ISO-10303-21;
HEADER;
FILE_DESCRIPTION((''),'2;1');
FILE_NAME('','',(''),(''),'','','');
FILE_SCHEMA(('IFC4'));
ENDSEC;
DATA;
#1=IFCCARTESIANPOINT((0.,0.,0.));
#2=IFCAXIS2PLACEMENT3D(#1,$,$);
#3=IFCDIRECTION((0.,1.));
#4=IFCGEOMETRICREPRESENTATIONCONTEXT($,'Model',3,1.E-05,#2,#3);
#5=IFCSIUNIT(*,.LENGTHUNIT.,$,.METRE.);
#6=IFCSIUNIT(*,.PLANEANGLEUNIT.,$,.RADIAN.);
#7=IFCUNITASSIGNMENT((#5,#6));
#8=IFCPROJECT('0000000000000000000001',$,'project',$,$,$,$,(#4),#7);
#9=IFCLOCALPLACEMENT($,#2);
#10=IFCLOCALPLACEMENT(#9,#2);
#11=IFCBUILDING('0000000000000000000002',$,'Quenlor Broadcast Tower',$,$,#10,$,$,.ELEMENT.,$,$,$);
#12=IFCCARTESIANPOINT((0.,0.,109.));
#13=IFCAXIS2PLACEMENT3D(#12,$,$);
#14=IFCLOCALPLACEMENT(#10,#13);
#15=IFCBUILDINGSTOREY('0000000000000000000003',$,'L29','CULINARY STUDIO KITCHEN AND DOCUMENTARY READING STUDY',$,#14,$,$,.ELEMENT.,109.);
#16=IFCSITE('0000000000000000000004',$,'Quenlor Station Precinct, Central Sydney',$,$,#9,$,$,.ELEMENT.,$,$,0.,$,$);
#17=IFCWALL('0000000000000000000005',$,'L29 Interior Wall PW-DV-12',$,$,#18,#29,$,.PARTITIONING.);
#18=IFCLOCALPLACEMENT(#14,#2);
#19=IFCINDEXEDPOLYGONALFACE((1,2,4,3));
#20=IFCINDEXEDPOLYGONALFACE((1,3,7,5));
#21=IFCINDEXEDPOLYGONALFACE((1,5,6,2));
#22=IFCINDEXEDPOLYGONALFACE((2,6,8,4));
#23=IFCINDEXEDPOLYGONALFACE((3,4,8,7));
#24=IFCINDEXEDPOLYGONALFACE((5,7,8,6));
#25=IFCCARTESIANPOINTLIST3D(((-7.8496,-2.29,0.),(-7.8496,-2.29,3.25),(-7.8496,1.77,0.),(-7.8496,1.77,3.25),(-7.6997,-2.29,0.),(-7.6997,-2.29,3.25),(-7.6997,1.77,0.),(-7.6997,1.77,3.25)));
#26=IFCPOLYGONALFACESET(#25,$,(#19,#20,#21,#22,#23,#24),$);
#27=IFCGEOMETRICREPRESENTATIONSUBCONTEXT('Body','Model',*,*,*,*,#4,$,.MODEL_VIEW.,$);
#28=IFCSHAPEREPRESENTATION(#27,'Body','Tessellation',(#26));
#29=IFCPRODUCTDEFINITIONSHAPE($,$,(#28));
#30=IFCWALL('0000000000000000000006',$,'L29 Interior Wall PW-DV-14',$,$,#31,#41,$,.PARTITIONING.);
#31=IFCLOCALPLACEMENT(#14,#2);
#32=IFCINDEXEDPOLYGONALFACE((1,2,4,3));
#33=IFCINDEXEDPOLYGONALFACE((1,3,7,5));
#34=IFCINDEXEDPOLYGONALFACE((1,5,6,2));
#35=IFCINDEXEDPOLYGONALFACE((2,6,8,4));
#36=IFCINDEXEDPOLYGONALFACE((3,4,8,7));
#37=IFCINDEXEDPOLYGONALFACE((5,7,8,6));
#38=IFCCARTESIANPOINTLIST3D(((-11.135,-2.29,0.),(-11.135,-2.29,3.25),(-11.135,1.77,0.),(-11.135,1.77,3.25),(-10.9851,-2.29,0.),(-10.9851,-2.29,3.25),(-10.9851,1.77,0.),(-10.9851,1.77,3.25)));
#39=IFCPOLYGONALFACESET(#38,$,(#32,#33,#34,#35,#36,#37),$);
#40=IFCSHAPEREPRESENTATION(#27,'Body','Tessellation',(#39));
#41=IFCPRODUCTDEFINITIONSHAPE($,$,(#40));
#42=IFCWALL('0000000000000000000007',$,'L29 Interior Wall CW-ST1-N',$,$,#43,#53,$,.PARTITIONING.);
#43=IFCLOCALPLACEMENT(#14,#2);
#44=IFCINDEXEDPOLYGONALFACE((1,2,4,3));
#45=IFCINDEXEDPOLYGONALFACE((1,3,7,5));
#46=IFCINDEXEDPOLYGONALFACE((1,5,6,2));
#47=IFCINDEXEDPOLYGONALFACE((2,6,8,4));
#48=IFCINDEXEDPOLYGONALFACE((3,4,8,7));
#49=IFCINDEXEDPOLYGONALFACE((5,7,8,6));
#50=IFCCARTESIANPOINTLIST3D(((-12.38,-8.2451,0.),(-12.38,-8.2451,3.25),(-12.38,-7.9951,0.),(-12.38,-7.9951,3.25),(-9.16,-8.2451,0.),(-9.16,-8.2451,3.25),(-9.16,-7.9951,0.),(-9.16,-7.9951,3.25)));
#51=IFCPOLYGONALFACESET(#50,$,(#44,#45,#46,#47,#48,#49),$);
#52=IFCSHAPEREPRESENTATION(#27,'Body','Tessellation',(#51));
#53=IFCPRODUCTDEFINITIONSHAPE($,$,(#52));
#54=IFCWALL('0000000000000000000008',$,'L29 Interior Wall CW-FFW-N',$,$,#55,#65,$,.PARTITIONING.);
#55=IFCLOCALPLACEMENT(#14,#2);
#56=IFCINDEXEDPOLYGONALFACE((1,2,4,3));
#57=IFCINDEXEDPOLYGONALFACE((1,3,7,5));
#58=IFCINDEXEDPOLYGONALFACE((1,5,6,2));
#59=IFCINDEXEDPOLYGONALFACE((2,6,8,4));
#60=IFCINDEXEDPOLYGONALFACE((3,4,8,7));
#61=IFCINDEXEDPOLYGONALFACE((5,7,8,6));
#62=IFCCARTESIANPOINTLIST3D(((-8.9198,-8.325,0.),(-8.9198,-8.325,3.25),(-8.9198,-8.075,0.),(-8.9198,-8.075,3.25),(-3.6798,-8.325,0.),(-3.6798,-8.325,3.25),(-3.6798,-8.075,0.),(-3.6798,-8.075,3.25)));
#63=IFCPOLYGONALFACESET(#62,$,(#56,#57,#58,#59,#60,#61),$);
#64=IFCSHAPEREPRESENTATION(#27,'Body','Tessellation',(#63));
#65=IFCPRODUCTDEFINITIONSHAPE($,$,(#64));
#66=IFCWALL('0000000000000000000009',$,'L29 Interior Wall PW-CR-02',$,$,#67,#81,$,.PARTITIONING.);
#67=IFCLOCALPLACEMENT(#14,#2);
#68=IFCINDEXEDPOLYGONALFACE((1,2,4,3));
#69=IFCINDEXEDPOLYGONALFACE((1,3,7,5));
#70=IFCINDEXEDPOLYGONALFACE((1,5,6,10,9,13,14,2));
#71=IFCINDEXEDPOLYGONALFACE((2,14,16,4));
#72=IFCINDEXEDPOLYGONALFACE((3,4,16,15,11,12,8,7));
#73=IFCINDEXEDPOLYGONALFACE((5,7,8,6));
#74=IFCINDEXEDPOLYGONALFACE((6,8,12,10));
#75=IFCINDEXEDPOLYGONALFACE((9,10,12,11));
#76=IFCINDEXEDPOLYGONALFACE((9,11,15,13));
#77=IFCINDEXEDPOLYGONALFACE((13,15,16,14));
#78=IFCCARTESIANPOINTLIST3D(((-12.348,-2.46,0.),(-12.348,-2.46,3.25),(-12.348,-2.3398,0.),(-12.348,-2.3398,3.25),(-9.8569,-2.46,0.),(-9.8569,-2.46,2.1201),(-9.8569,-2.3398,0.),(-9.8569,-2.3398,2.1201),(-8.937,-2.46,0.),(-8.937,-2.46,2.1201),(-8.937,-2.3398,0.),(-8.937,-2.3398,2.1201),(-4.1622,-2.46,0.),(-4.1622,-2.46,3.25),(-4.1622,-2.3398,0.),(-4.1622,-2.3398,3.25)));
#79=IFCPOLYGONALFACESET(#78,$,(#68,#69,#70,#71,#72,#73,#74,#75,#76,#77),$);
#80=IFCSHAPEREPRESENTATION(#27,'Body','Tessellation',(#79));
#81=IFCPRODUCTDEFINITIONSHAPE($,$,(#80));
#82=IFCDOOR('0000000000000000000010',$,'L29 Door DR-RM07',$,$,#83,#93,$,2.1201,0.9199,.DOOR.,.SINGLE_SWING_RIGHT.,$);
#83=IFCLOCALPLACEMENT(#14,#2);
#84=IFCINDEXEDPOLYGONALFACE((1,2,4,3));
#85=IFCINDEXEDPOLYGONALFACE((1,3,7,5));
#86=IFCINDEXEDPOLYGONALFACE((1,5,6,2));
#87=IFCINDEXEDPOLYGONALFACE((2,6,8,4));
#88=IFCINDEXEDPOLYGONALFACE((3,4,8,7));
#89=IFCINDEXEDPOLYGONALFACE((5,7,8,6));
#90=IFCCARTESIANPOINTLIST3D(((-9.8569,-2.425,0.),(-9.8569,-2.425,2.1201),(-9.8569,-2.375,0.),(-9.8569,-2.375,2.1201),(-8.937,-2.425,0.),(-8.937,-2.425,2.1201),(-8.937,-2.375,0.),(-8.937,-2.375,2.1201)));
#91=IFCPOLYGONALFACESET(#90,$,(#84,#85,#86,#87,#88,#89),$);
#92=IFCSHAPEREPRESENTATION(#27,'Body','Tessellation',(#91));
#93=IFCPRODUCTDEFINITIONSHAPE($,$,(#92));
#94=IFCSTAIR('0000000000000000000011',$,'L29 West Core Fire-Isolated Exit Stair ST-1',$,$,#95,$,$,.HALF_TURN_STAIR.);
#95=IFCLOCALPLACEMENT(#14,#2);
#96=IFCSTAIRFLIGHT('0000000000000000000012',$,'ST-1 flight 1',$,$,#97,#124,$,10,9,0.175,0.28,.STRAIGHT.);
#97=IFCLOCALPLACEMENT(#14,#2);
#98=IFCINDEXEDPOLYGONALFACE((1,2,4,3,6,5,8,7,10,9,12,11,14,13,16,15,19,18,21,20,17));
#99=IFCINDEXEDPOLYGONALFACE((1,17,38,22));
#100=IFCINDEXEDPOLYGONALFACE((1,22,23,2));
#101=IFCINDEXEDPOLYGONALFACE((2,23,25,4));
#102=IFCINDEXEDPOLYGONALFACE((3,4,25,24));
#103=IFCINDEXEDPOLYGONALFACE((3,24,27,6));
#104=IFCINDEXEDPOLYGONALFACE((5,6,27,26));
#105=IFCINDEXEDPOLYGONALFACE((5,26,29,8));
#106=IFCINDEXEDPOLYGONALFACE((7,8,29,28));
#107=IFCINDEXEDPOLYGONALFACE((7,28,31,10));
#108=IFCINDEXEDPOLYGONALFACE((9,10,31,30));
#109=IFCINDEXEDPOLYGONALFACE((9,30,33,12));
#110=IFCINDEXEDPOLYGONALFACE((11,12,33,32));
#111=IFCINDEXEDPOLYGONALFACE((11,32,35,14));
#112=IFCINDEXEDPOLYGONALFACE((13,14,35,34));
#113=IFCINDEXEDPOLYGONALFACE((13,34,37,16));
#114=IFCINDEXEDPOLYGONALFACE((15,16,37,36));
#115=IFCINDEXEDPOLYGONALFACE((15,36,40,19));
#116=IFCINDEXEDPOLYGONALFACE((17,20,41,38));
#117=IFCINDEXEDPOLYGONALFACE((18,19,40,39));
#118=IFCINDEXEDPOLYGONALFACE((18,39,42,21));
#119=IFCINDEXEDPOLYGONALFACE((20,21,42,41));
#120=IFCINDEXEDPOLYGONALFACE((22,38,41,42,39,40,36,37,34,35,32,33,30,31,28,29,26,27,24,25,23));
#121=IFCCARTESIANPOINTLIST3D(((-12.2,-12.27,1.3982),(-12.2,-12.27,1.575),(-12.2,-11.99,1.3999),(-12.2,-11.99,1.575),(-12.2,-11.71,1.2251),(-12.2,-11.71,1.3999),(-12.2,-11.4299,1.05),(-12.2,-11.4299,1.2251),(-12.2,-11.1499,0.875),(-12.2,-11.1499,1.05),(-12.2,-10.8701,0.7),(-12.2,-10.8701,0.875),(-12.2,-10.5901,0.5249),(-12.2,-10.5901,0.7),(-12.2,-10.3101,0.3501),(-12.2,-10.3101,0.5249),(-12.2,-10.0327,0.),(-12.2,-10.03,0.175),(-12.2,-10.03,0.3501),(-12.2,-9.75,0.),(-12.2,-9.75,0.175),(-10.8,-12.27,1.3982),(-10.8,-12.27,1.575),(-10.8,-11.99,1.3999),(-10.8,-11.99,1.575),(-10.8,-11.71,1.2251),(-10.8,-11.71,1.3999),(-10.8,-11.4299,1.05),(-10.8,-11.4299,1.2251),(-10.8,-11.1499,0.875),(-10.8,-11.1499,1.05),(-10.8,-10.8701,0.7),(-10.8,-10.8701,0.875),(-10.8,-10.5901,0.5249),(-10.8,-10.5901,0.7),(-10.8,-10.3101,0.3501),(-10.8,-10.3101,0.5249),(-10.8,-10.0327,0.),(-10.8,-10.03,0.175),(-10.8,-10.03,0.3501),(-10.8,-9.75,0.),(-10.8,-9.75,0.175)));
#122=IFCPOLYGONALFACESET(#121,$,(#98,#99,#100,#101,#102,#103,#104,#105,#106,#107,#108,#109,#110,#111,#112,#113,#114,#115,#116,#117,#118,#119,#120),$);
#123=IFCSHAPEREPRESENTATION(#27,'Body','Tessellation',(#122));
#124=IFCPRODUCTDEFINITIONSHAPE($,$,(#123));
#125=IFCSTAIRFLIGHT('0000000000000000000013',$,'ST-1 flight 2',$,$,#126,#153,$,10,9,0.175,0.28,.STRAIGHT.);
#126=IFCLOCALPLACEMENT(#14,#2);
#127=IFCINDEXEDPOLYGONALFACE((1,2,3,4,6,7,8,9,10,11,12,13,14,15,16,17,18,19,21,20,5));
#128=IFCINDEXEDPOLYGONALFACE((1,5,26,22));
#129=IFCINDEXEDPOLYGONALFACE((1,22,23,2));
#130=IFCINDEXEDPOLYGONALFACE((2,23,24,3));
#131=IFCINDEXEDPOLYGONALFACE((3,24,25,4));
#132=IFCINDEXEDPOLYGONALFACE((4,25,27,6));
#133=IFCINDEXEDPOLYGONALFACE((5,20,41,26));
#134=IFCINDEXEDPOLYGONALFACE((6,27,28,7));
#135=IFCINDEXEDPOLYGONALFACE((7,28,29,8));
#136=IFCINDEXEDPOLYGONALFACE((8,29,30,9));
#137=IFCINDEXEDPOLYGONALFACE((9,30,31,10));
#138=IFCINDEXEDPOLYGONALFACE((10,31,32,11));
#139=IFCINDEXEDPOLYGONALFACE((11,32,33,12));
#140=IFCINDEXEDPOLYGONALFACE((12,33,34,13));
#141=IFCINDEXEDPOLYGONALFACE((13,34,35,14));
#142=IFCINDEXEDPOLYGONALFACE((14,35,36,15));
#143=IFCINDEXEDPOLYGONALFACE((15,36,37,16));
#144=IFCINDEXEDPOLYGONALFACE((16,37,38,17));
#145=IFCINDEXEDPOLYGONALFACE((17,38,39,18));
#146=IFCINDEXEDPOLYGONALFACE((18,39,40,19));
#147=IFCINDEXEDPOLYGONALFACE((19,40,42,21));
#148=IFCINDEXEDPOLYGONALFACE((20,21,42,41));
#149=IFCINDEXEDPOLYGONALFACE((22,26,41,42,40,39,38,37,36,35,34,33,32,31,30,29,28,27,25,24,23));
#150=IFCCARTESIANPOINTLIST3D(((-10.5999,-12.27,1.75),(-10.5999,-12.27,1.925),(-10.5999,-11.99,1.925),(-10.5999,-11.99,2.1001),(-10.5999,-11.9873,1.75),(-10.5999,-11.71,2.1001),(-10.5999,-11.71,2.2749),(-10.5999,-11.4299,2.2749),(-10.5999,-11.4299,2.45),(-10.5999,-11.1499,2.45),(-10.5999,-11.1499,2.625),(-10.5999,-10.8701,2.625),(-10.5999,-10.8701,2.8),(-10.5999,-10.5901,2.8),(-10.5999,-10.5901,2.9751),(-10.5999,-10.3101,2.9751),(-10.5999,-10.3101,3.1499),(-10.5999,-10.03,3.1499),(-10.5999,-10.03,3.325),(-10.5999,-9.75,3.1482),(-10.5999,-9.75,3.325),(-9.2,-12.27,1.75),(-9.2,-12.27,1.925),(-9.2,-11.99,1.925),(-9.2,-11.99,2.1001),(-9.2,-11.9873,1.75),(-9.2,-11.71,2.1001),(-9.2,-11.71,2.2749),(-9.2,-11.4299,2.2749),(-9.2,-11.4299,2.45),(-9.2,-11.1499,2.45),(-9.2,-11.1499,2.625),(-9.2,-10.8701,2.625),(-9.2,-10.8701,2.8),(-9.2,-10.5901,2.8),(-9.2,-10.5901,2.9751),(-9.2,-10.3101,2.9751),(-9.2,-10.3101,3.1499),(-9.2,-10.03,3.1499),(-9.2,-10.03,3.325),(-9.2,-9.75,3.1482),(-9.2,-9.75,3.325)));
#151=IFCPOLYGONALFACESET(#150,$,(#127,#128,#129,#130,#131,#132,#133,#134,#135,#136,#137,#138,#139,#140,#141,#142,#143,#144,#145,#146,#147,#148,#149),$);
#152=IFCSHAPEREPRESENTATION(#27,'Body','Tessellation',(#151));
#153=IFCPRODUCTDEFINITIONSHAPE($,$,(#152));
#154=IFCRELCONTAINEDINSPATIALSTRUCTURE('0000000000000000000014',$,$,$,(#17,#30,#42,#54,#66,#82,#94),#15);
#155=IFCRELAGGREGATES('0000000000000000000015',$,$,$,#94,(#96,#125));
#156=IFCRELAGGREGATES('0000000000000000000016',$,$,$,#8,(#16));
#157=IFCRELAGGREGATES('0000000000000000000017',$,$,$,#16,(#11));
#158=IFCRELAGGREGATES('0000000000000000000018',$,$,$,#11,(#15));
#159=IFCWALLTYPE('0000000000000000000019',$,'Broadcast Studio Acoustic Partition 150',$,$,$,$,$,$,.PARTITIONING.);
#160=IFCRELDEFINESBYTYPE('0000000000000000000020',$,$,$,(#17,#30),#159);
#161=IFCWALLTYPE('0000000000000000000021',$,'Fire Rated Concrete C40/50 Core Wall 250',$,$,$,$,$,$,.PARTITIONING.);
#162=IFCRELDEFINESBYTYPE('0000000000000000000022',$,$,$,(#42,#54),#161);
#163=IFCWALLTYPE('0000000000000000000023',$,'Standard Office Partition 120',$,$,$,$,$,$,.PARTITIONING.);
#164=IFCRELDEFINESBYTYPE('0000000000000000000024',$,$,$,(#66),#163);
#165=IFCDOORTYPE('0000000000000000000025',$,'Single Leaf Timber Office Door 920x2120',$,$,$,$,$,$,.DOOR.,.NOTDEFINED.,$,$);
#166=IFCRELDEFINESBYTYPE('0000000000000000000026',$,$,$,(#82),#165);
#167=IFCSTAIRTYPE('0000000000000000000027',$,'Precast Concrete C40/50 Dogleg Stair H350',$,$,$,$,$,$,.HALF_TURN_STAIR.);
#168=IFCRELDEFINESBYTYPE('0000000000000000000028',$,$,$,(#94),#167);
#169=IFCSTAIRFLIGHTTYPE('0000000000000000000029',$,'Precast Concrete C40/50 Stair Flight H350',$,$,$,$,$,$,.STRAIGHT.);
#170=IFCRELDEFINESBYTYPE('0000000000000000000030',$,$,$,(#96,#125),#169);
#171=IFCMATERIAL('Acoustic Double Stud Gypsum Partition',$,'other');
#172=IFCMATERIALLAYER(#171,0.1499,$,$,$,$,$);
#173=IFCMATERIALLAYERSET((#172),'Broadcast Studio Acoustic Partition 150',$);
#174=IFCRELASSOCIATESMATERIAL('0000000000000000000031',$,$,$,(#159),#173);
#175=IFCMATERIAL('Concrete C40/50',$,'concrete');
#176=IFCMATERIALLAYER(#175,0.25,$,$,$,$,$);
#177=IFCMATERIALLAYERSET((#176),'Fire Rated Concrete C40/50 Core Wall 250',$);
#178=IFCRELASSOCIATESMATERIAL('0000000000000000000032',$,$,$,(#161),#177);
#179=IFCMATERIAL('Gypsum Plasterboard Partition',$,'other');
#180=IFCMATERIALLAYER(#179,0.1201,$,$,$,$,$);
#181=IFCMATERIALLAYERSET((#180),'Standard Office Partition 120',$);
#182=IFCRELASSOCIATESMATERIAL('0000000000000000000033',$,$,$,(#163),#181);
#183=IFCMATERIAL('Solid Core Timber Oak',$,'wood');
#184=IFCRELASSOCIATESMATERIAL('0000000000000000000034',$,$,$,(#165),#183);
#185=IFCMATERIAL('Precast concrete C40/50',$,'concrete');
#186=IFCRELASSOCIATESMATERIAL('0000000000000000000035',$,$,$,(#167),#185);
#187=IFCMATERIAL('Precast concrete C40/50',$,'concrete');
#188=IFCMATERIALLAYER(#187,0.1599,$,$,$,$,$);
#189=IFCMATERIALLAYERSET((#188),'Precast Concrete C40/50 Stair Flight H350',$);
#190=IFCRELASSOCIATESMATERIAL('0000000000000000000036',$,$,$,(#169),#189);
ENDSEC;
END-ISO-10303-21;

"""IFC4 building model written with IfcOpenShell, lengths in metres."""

from ifc_helpers import new_model, si_unit, direction, frame, frame_2d, origin, place, context, subcontext, project, spatial, polyline, rectangle, outline, extrude, material, layer, layer_set, type_object, element, fill, aggregate, save


model = new_model("IFC4")

# Units and contexts
model_context = context("Model", 3, precision=1e-05, world=origin(), true_north=direction((0.0, 1.0)))
body_context = subcontext(model_context, "Body", "Model", "MODEL_VIEW")
ifc_project = project(units=[si_unit("LENGTHUNIT", "METRE"), si_unit("PLANEANGLEUNIT", "RADIAN")], contexts=[model_context])

# Site, building, storey
site_placement = place(None, origin())
site = spatial("IfcSite", under=ifc_project, at=site_placement, Name="Quenlor Station Precinct, Central Sydney", CompositionType="ELEMENT", RefElevation=0.0)
building_placement = place(site_placement, origin())
building = spatial("IfcBuilding", under=site, at=building_placement, Name="Quenlor Broadcast Tower", CompositionType="ELEMENT")
storey_placement = place(building_placement, frame((0.0, 0.0, 109.0)))
storey = spatial("IfcBuildingStorey", under=building, at=storey_placement, Name="L29", Description="CULINARY STUDIO KITCHEN AND DOCUMENTARY READING STUDY", CompositionType="ELEMENT", Elevation=109.0)

# Walls
ifc_material_1 = material(Name="Acoustic Double Stud Gypsum Partition", Category="other")
ifc_layer_1 = layer(ifc_material_1, 0.1499)
ifc_layer_set_1 = layer_set([ifc_layer_1], Name="Broadcast Studio Acoustic Partition 150")
wall_type_1 = type_object("IfcWallType", Name="Broadcast Studio Acoustic Partition 150", PredefinedType="PARTITIONING", material=ifc_layer_set_1)
for number, where, z_axis, x_axis, name in (
    (1, (-7.7747, -2.29, 0.0), (0.0, 0.0, 1.0), (0.0, 1.0, 0.0), "L29 Interior Wall PW-DV-12"),
    (2, (-11.0601, -2.29, 0.0), (0.0, 0.0, 1.0), (0.0, 1.0, 0.0), "L29 Interior Wall PW-DV-14"),
):
    element("IfcWall", number, at=place(storey_placement, frame(where, z_axis=z_axis, x_axis=x_axis)), inside=storey, type_object=wall_type_1, Name=name, PredefinedType="PARTITIONING", context=body_context, shape_type="SweptSolid", body=[
        extrude(rectangle(XDim=4.0601, YDim=0.1499, at=frame_2d((2.03, 0.0))), origin(), (0.0, 0.0, 1.0), 3.25),
    ])

# Shared definitions
ifc_material_2 = material(Name="Concrete C40/50", Category="concrete")
ifc_layer_2 = layer(ifc_material_2, 0.25)
ifc_layer_set_2 = layer_set([ifc_layer_2], Name="Fire Rated Concrete C40/50 Core Wall 250")
wall_type_2 = type_object("IfcWallType", Name="Fire Rated Concrete C40/50 Core Wall 250", PredefinedType="PARTITIONING", material=ifc_layer_set_2)

# Walls
wall_1_placement = place(storey_placement, frame((-12.3799, -8.1201, 0.0), z_axis=(0.0, 0.0, 1.0), x_axis=(1.0, 0.0, 0.0)))
element("IfcWall", 3, at=wall_1_placement, inside=storey, type_object=wall_type_2, Name="L29 Interior Wall CW-ST1-N", PredefinedType="PARTITIONING", context=body_context, shape_type="SweptSolid", body=[
    extrude(rectangle(XDim=3.22, YDim=0.25, at=frame_2d((1.6099, 0.0))), origin(), (0.0, 0.0, 1.0), 3.25),
])
wall_2_placement = place(storey_placement, frame((-8.9199, -8.2, 0.0), z_axis=(0.0, 0.0, 1.0), x_axis=(1.0, 0.0, 0.0)))
element("IfcWall", 4, at=wall_2_placement, inside=storey, type_object=wall_type_2, Name="L29 Interior Wall CW-FFW-N", PredefinedType="PARTITIONING", context=body_context, shape_type="SweptSolid", body=[
    extrude(rectangle(XDim=5.24, YDim=0.25, at=frame_2d((2.6201, 0.0))), origin(), (0.0, 0.0, 1.0), 3.25),
])

# Wall, opening, door
ifc_material_3 = material(Name="Gypsum Plasterboard Partition", Category="other")
ifc_layer_3 = layer(ifc_material_3, 0.1201)
ifc_layer_set_3 = layer_set([ifc_layer_3], Name="Standard Office Partition 120")
wall_type_3 = type_object("IfcWallType", Name="Standard Office Partition 120", PredefinedType="PARTITIONING", material=ifc_layer_set_3)
wall_3_placement = place(storey_placement, frame((-12.3479, -2.3999, 0.0), z_axis=(0.0, 0.0, 1.0), x_axis=(1.0, 0.0, 0.0)))
wall_3 = element("IfcWall", 5, at=wall_3_placement, inside=storey, type_object=wall_type_3, Name="L29 Interior Wall PW-CR-02", PredefinedType="PARTITIONING", context=body_context, shape_type="SweptSolid", body=[
    extrude(rectangle(XDim=8.1858, YDim=0.1201, at=frame_2d((4.0928, 0.0))), origin(), (0.0, 0.0, 1.0), 3.25),
])
opening_1_placement = place(wall_3_placement, frame((2.491, 0.0, 0.0)))
opening_1 = element("IfcOpeningElement", 6, at=opening_1_placement, cuts=wall_3, PredefinedType="OPENING", context=body_context, shape_type="SweptSolid", body=[
    extrude(rectangle(XDim=0.9199, YDim=2.1201, at=frame_2d((0.46, 1.0601))), frame((0.0, 0.0701, 0.0), z_axis=(0.0, -1.0, 0.0), x_axis=(1.0, 0.0, 0.0)), (0.0, 0.0, 1.0), 0.1401),
])
ifc_material_4 = material(Name="Solid Core Timber Oak", Category="wood")
door_type_1 = type_object("IfcDoorType", Name="Single Leaf Timber Office Door 920x2120", OperationType="NOTDEFINED", PredefinedType="DOOR", material=ifc_material_4)
door_1_placement = place(opening_1_placement, origin())
door_1 = element("IfcDoor", 7, at=door_1_placement, inside=storey, type_object=door_type_1, Name="L29 Door DR-RM07", OperationType="SINGLE_SWING_RIGHT", OverallHeight=2.1201, OverallWidth=0.9199, PredefinedType="DOOR", context=body_context, shape_type="SweptSolid", body=[
    extrude(rectangle(XDim=0.9199, YDim=2.1201, at=frame_2d((0.46, 1.0601))), frame((0.0, 0.0249, 0.0), z_axis=(0.0, -1.0, 0.0), x_axis=(1.0, 0.0, 0.0)), (0.0, 0.0, 1.0), 0.05),
])
fill(opening_1, door_1)

# Stair, stair flights
ifc_material_5 = material(Name="Precast concrete C40/50", Category="concrete")
stair_type = type_object("IfcStairType", Name="Precast Concrete C40/50 Dogleg Stair H350", PredefinedType="HALF_TURN_STAIR", material=ifc_material_5)
stair_placement = place(storey_placement, origin())
stair = element("IfcStair", 8, at=stair_placement, inside=storey, type_object=stair_type, Name="L29 West Core Fire-Isolated Exit Stair ST-1", PredefinedType="HALF_TURN_STAIR")
ifc_material_6 = material(Name="Precast concrete C40/50", Category="concrete")
ifc_layer_4 = layer(ifc_material_6, 0.1599)
ifc_layer_set_4 = layer_set([ifc_layer_4], Name="Precast Concrete C40/50 Stair Flight H350")
stair_flight_type = type_object("IfcStairFlightType", Name="Precast Concrete C40/50 Stair Flight H350", PredefinedType="STRAIGHT", material=ifc_layer_set_4)
stair_flight_1_placement = place(storey_placement, frame((-11.5, -9.75, 0.0), z_axis=(0.0, 0.0, 1.0), x_axis=(0.0, -1.0, 0.0)))
stair_flight_1 = element("IfcStairFlight", 9, at=stair_flight_1_placement, type_object=stair_flight_type, Name="ST-1 flight 1", NumberOfRisers=10, NumberOfTreads=9, PredefinedType="STRAIGHT", RiserHeight=0.175, TreadLength=0.28, context=body_context, shape_type="SweptSolid", body=[
    extrude(outline(polyline([(0.0, 0.0), (0.0, 0.175), (0.28, 0.175), (0.28, 0.3501), (0.5601, 0.3501), (0.5601, 0.5249), (0.8401, 0.5249), (0.8401, 0.7), (1.1201, 0.7), (1.1201, 0.875), (1.3999, 0.875), (1.3999, 1.05), (1.6799, 1.05), (1.6799, 1.2251), (1.96, 1.2251), (1.96, 1.3999), (2.24, 1.3999), (2.24, 1.575), (2.52, 1.575), (2.52, 1.75), (2.52, 1.3982), (0.2827, 0.0), (0.0, 0.0)])), frame((0.0, 0.7, 0.0), z_axis=(0.0, -1.0, 0.0), x_axis=(1.0, 0.0, 0.0)), (0.0, 0.0, 1.0), 1.3999),
])
stair_flight_2_placement = place(storey_placement, frame((-9.8999, -12.27, 1.75), z_axis=(0.0, 0.0, 1.0), x_axis=(0.0, 1.0, 0.0)))
stair_flight_2 = element("IfcStairFlight", 10, at=stair_flight_2_placement, type_object=stair_flight_type, Name="ST-1 flight 2", NumberOfRisers=10, NumberOfTreads=9, PredefinedType="STRAIGHT", RiserHeight=0.175, TreadLength=0.28, context=body_context, shape_type="SweptSolid", body=[
    extrude(outline(polyline([(0.0, 0.0), (0.0, 0.175), (0.28, 0.175), (0.28, 0.3501), (0.5601, 0.3501), (0.5601, 0.5249), (0.8401, 0.5249), (0.8401, 0.7), (1.1201, 0.7), (1.1201, 0.875), (1.3999, 0.875), (1.3999, 1.05), (1.6799, 1.05), (1.6799, 1.2251), (1.96, 1.2251), (1.96, 1.3999), (2.24, 1.3999), (2.24, 1.575), (2.52, 1.575), (2.52, 1.75), (2.52, 1.3982), (0.2827, 0.0), (0.0, 0.0)])), frame((0.0, 0.7, 0.0), z_axis=(0.0, -1.0, 0.0), x_axis=(1.0, 0.0, 0.0)), (0.0, 0.0, 1.0), 1.3999),
])
aggregate(stair, [stair_flight_1, stair_flight_2])

save(model, "model.ifc")
